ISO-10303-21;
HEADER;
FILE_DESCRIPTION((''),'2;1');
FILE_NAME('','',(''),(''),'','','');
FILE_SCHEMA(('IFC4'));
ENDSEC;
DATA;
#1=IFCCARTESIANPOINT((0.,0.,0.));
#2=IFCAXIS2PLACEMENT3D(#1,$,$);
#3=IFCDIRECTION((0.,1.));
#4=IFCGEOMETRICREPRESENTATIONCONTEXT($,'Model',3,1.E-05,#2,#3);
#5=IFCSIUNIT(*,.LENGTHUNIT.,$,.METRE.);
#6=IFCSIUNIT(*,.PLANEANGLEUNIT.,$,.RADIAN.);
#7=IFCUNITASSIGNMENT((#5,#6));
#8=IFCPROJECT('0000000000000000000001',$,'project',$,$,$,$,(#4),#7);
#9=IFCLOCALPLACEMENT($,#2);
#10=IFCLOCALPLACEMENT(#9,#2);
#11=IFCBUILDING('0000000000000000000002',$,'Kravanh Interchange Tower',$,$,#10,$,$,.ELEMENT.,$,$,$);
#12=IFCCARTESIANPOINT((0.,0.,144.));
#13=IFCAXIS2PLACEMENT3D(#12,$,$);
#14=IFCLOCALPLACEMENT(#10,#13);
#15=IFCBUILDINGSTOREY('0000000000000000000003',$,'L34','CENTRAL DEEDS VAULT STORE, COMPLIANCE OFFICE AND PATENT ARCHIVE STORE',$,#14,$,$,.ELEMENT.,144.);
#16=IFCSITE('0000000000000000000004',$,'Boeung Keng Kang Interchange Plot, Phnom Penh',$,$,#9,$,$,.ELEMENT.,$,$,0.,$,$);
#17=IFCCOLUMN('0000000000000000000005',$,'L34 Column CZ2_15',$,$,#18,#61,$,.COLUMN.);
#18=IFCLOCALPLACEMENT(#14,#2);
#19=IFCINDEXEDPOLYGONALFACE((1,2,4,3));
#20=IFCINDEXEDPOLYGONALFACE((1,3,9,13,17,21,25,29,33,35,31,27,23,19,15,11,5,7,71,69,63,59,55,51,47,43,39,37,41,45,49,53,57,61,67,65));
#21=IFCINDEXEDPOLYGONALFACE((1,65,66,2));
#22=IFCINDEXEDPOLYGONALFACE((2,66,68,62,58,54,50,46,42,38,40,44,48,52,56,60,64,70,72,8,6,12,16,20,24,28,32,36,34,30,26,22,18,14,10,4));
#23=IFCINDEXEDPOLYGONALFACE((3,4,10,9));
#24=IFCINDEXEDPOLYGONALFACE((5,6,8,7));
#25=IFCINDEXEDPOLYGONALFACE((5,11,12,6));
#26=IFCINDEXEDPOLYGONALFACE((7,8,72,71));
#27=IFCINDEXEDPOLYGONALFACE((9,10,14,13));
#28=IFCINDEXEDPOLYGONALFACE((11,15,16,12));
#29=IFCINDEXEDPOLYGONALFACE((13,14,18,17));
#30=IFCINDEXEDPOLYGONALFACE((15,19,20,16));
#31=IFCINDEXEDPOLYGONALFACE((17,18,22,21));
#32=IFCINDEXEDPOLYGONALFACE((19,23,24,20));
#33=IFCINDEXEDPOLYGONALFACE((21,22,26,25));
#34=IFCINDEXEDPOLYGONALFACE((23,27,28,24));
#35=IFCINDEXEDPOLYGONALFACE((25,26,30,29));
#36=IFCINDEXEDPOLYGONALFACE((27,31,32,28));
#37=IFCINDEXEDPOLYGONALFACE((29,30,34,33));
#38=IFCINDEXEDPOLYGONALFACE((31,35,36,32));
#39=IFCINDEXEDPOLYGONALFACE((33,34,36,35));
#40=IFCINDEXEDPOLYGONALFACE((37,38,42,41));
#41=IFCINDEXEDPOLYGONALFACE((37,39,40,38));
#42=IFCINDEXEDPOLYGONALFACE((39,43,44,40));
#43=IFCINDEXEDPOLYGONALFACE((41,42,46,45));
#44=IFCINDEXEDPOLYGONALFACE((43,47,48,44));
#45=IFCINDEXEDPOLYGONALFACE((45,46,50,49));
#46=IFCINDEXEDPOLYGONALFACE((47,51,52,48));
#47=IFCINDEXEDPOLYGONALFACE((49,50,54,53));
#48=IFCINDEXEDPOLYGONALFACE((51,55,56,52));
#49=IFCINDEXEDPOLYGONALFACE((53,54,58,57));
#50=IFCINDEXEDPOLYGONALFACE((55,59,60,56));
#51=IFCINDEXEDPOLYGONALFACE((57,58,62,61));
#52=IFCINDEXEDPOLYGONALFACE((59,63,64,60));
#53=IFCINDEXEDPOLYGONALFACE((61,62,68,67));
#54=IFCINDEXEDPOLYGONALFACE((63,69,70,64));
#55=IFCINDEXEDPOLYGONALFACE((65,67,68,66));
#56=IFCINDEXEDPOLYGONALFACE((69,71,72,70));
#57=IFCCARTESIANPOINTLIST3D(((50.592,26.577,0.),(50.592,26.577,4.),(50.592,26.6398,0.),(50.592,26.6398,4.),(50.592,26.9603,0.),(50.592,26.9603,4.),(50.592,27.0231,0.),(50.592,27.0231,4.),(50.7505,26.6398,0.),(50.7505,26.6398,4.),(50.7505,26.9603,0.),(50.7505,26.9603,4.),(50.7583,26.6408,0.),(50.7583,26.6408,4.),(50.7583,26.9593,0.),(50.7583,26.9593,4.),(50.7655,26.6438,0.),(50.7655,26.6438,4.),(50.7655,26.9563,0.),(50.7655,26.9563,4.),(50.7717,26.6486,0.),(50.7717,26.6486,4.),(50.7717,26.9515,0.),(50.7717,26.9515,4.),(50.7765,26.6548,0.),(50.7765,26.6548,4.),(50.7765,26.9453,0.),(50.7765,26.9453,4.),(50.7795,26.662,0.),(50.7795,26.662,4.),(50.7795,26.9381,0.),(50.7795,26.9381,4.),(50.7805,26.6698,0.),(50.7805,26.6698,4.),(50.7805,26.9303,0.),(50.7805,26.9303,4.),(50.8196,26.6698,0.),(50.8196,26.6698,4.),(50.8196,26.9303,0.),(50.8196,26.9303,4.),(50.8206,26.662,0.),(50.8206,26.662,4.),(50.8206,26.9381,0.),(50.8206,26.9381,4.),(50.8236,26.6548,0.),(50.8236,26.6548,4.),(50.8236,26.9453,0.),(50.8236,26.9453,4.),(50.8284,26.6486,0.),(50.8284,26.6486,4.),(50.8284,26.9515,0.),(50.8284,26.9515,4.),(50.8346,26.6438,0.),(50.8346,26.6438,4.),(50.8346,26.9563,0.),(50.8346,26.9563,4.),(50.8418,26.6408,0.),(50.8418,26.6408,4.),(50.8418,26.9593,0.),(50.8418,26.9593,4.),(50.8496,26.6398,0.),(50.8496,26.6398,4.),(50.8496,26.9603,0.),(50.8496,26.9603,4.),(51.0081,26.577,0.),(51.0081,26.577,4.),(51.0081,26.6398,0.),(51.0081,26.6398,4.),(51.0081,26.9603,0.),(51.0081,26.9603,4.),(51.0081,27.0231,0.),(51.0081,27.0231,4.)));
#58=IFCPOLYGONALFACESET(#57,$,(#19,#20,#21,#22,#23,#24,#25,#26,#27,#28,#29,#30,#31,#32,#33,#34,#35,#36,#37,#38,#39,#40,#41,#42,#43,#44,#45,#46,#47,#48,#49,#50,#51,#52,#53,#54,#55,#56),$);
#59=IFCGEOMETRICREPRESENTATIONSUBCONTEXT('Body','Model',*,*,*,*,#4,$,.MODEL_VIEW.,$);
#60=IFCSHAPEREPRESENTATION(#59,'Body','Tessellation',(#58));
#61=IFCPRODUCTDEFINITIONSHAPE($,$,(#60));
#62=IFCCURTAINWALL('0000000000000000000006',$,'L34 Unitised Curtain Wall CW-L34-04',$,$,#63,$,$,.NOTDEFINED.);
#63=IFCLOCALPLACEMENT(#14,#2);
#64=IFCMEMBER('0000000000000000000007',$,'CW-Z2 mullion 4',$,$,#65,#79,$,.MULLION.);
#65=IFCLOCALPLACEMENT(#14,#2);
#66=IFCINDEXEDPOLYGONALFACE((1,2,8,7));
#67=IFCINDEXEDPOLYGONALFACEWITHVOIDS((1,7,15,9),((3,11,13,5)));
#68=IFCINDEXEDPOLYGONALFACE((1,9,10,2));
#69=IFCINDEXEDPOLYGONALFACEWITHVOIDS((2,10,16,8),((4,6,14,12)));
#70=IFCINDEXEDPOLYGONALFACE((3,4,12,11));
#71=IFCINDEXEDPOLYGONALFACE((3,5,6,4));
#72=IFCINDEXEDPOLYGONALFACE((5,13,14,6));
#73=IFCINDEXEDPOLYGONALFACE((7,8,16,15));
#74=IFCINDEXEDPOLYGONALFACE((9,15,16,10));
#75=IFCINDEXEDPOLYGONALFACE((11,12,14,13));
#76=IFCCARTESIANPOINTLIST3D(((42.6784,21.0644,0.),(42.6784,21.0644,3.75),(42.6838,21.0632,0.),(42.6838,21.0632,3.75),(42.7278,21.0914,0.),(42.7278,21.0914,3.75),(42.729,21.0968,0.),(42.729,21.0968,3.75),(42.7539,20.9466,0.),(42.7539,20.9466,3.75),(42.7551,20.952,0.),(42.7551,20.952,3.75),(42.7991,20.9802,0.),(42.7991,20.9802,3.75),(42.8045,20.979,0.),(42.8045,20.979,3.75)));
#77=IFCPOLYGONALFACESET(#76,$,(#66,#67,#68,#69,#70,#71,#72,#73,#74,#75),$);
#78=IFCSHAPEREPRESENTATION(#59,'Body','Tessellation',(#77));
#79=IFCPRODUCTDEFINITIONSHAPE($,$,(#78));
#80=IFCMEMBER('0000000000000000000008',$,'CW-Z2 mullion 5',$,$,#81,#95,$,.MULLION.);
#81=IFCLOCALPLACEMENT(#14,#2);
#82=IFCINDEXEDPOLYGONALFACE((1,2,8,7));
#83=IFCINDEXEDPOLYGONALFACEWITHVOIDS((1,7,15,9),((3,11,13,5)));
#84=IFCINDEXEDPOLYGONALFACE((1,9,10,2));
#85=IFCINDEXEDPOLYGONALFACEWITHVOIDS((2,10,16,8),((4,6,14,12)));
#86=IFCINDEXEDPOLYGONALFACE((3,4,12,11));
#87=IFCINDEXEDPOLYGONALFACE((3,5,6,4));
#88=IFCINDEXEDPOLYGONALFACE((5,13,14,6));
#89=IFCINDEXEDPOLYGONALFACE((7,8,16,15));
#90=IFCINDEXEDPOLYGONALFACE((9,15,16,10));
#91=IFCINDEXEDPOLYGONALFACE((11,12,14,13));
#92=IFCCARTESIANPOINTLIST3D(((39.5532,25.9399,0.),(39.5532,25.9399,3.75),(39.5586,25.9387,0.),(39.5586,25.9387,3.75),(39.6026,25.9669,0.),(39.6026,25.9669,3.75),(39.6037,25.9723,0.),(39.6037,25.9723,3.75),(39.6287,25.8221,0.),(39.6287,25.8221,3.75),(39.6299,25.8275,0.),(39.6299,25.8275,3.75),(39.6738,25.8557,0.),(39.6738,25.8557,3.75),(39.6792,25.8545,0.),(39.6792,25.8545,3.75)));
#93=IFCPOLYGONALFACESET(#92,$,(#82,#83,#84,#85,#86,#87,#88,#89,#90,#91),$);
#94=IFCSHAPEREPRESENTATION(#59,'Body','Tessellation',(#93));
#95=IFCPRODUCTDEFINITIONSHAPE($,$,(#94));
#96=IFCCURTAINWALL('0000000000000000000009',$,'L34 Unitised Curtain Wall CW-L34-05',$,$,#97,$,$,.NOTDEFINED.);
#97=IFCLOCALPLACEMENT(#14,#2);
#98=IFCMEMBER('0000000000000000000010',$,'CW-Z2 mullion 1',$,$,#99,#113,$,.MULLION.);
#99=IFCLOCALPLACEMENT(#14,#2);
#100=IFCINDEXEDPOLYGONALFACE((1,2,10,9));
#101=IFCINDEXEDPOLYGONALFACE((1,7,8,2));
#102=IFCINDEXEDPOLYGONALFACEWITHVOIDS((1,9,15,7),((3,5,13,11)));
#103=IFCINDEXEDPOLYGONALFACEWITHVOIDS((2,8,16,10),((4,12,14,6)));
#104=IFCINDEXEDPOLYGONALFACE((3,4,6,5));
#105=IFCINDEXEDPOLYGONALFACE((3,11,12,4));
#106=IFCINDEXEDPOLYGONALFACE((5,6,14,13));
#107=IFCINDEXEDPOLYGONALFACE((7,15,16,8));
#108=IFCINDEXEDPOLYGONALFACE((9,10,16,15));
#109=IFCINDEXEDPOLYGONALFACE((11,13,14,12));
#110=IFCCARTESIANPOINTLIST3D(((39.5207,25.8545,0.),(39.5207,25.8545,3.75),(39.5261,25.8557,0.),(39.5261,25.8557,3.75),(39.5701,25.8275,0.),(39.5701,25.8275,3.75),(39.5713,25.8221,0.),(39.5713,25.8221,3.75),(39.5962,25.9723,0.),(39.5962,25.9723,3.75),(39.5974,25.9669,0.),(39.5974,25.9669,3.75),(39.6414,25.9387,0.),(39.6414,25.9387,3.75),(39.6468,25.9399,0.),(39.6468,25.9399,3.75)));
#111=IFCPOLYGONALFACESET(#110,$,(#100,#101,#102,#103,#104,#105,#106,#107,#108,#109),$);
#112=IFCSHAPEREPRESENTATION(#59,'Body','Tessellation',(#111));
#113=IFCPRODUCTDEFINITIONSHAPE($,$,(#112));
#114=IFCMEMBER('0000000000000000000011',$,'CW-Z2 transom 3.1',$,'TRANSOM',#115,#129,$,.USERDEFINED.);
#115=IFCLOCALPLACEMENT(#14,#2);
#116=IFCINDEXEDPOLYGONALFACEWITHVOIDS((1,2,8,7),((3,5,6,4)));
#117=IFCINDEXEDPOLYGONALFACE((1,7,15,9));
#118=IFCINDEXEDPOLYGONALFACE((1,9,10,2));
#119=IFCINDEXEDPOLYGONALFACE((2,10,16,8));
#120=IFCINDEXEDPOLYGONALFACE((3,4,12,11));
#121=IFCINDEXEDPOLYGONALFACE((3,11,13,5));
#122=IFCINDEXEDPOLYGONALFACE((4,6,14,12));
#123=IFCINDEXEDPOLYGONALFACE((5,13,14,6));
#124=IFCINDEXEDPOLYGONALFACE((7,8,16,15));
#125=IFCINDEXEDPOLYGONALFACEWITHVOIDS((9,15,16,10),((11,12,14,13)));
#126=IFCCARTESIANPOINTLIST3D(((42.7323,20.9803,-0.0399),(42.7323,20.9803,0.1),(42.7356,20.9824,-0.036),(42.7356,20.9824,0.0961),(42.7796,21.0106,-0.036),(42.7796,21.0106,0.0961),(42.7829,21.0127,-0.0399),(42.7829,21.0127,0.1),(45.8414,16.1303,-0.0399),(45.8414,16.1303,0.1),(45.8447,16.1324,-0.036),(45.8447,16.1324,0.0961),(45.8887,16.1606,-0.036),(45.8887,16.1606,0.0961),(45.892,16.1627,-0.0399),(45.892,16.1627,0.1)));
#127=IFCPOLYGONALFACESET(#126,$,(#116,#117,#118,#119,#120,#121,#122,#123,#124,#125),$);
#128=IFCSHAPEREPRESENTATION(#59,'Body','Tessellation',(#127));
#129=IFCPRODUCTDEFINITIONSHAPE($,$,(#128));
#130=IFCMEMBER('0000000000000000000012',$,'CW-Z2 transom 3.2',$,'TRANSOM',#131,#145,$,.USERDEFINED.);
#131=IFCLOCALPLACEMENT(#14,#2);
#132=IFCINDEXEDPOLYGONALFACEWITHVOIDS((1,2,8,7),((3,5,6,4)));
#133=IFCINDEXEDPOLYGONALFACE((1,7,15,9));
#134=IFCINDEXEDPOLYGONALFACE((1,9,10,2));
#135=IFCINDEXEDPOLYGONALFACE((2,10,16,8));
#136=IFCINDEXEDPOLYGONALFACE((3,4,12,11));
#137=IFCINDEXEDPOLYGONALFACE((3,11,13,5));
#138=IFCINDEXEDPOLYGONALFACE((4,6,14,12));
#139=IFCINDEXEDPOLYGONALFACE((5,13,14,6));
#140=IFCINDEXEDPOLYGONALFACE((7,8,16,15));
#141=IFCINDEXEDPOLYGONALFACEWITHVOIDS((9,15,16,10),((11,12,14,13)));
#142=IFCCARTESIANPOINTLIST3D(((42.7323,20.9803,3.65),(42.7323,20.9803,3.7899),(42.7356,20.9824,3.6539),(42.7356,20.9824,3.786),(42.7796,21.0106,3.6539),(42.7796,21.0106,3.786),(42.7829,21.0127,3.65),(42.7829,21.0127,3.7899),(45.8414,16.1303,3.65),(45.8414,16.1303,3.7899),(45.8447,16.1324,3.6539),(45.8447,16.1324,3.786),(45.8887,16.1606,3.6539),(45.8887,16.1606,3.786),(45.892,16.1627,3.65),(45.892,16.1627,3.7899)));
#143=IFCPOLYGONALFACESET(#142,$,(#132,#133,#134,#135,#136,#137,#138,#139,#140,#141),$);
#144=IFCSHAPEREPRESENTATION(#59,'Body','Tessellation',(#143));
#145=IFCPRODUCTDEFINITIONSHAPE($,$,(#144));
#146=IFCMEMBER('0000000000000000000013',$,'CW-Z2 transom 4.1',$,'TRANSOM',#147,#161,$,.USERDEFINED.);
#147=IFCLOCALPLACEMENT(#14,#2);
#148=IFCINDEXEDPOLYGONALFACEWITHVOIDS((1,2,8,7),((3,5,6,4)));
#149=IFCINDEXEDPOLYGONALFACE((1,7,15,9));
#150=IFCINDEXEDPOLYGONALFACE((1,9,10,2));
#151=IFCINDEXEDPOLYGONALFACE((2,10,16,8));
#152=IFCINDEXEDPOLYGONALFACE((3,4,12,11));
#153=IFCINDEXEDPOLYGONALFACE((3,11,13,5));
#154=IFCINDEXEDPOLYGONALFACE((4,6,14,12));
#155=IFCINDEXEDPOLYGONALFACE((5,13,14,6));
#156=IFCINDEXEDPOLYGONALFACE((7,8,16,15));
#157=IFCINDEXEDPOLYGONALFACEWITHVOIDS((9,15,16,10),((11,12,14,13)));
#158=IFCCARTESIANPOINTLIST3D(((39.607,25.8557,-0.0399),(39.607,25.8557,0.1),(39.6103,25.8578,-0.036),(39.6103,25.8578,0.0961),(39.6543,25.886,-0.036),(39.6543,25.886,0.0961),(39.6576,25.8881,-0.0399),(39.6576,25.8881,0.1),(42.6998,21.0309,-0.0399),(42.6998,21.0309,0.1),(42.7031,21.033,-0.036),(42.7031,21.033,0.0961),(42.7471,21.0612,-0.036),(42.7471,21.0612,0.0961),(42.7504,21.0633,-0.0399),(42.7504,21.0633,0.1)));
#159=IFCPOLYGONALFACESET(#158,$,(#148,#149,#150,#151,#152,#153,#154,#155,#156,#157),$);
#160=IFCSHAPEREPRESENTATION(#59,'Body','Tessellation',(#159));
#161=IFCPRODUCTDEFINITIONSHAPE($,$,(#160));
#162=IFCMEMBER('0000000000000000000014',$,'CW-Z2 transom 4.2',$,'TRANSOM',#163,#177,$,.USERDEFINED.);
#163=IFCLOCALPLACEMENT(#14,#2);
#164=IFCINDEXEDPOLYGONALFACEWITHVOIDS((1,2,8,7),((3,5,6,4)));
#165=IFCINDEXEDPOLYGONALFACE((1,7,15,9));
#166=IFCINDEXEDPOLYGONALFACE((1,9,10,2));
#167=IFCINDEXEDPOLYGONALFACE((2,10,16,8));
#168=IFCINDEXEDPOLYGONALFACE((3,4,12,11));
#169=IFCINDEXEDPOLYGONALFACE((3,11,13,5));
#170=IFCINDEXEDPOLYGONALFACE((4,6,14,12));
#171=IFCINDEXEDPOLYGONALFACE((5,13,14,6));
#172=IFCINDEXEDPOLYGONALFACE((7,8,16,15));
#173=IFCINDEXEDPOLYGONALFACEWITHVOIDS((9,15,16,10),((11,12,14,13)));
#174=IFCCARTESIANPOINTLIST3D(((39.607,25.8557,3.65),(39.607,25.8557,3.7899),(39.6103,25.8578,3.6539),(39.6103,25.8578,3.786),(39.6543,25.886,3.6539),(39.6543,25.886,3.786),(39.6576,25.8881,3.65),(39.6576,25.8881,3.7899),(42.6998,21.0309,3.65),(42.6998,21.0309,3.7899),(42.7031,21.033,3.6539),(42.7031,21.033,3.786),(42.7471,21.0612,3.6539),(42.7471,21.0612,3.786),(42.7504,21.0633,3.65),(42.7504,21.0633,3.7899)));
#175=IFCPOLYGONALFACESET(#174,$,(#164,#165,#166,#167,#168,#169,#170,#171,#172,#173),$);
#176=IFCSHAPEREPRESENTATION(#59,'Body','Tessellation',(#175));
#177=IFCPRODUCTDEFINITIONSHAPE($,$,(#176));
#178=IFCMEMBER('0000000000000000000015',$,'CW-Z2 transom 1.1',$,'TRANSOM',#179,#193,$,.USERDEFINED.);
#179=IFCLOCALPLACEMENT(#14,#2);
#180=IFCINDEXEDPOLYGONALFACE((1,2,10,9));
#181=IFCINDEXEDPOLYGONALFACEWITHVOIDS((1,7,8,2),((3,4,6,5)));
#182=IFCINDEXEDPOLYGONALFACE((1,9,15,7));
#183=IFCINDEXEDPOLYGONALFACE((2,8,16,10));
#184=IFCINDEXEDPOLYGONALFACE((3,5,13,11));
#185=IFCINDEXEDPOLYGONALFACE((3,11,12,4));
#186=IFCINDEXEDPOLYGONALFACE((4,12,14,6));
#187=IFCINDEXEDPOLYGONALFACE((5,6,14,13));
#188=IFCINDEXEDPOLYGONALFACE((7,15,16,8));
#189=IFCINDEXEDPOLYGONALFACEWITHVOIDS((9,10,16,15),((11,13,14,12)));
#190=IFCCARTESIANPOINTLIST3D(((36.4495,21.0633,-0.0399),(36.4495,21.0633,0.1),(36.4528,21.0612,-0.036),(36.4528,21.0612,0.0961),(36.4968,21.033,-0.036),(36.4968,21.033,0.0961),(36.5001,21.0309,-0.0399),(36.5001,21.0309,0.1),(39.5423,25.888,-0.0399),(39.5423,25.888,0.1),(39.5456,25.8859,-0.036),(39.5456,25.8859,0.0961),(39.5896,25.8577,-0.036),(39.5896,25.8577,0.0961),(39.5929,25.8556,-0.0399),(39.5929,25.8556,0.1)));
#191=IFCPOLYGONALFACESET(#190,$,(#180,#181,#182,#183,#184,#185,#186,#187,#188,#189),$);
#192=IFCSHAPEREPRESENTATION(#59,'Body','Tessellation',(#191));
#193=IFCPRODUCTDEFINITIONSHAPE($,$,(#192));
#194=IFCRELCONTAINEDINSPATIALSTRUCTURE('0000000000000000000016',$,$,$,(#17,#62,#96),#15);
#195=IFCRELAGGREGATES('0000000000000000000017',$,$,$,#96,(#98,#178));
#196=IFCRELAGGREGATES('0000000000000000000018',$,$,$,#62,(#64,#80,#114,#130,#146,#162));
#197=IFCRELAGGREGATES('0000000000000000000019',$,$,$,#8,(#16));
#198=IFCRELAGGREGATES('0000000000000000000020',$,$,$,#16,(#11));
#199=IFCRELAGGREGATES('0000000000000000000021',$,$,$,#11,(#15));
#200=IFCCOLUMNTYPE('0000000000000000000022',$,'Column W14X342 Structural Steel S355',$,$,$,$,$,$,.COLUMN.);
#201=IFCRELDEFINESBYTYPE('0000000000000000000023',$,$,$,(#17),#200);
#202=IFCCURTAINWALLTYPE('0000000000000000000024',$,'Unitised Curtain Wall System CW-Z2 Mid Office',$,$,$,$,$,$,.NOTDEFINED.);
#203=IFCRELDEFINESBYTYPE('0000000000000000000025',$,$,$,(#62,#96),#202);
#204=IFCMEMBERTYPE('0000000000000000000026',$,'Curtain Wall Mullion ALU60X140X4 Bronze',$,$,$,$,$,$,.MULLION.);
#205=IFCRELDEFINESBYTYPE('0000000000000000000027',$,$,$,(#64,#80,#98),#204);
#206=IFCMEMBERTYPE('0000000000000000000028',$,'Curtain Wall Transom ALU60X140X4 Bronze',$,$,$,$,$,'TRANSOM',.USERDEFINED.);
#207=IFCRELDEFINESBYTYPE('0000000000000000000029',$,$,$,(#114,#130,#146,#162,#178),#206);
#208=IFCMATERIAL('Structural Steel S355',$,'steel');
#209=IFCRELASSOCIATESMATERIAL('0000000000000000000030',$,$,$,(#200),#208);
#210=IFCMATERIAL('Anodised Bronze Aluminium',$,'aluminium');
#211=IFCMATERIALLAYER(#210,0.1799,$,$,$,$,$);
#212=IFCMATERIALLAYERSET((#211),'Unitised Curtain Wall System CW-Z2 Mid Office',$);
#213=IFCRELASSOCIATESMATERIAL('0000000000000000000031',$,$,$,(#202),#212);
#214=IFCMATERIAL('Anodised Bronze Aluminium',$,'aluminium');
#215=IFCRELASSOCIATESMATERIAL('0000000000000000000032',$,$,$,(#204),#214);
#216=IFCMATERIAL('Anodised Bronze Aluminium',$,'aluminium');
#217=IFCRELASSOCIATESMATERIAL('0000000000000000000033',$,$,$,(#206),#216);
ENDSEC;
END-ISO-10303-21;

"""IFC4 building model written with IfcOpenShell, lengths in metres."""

from ifc_helpers import new_model, si_unit, direction, frame, origin, origin_2d, place, context, subcontext, project, spatial, hollow_rectangle, i_section, extrude, material, layer, layer_set, material_profile, profile_set, type_object, element, aggregate, save


model = new_model("IFC4")

# Units and contexts
model_context = context("Model", 3, precision=1e-05, world=origin(), true_north=direction((0.0, 1.0)))
body_context = subcontext(model_context, "Body", "Model", "MODEL_VIEW")
ifc_project = project(units=[si_unit("LENGTHUNIT", "METRE"), si_unit("PLANEANGLEUNIT", "RADIAN")], contexts=[model_context])

# Site, building, storey
site_placement = place(None, origin())
site = spatial("IfcSite", under=ifc_project, at=site_placement, Name="Boeung Keng Kang Interchange Plot, Phnom Penh", CompositionType="ELEMENT", RefElevation=0.0)
building_placement = place(site_placement, origin())
building = spatial("IfcBuilding", under=site, at=building_placement, Name="Kravanh Interchange Tower", CompositionType="ELEMENT")
storey_placement = place(building_placement, frame((0.0, 0.0, 144.0)))
storey = spatial("IfcBuildingStorey", under=building, at=storey_placement, Name="L34", Description="CENTRAL DEEDS VAULT STORE, COMPLIANCE OFFICE AND PATENT ARCHIVE STORE", CompositionType="ELEMENT", Elevation=144.0)

# Column
ifc_material_1 = material(Name="Structural Steel S355", Category="steel")
ifc_material_profile_1 = material_profile(ifc_material_1, i_section(OverallWidth=0.416, OverallDepth=0.446, WebThickness=0.0391, FlangeThickness=0.0627, FilletRadius=0.03, at=origin_2d()), Name="W14X342")
ifc_profile_set_1 = profile_set([ifc_material_profile_1], Name="Structural Steel S355")
column_type = type_object("IfcColumnType", Name="Column W14X342 Structural Steel S355", PredefinedType="COLUMN", material=ifc_profile_set_1)
column_placement = place(storey_placement, frame((50.8, 26.8, 0.0), z_axis=(0.0, 0.0, 1.0), x_axis=(1.0, 0.0, 0.0)))
element("IfcColumn", 1, at=column_placement, inside=storey, type_object=column_type, Name="L34 Column CZ2_15", PredefinedType="COLUMN", context=body_context, shape_type="SweptSolid", body=[
    extrude(i_section(OverallWidth=0.416, OverallDepth=0.446, WebThickness=0.0391, FlangeThickness=0.0627, FilletRadius=0.03, at=origin_2d()), origin(), (0.0, 0.0, 1.0), 4.0),
])

# Curtain wall, members
ifc_material_2 = material(Name="Anodised Bronze Aluminium", Category="aluminium")
ifc_layer_1 = layer(ifc_material_2, 0.1799)
ifc_layer_set_1 = layer_set([ifc_layer_1], Name="Unitised Curtain Wall System CW-Z2 Mid Office")
curtain_wall_type = type_object("IfcCurtainWallType", Name="Unitised Curtain Wall System CW-Z2 Mid Office", PredefinedType="NOTDEFINED", material=ifc_layer_set_1)
curtain_wall_1_placement = place(storey_placement, origin())
curtain_wall_1 = element("IfcCurtainWall", 2, at=curtain_wall_1_placement, inside=storey, type_object=curtain_wall_type, Name="L34 Unitised Curtain Wall CW-L34-04", PredefinedType="NOTDEFINED")
ifc_material_3 = material(Name="Anodised Bronze Aluminium", Category="aluminium")
ifc_material_profile_2 = material_profile(ifc_material_3, hollow_rectangle(XDim=0.0601, YDim=0.1399, WallThickness=0.0039, at=origin_2d()), Name="ALU60X140X4")
ifc_profile_set_2 = profile_set([ifc_material_profile_2], Name="Anodised Bronze Aluminium")
member_type_1 = type_object("IfcMemberType", Name="Curtain Wall Mullion ALU60X140X4 Bronze", PredefinedType="MULLION", material=ifc_profile_set_2)
member_1_placement = place(storey_placement, frame((42.7415, 21.0217, 0.0), z_axis=(0.0, 0.0, 1.0), x_axis=(-0.84188, -0.539665, 0.0)))
member_1 = element("IfcMember", 3, at=member_1_placement, type_object=member_type_1, Name="CW-Z2 mullion 4", PredefinedType="MULLION", context=body_context, shape_type="SweptSolid", body=[
    extrude(hollow_rectangle(XDim=0.0601, YDim=0.1399, WallThickness=0.0039, at=origin_2d()), origin(), (0.0, 0.0, 1.0), 3.75),
])
member_2_placement = place(storey_placement, frame((39.6162, 25.8972, 0.0), z_axis=(0.0, 0.0, 1.0), x_axis=(-0.84188, -0.539665, 0.0)))
member_2 = element("IfcMember", 4, at=member_2_placement, type_object=member_type_1, Name="CW-Z2 mullion 5", PredefinedType="MULLION", context=body_context, shape_type="SweptSolid", body=[
    extrude(hollow_rectangle(XDim=0.0601, YDim=0.1399, WallThickness=0.0039, at=origin_2d()), origin(), (0.0, 0.0, 1.0), 3.75),
])

# Curtain wall, member
curtain_wall_2_placement = place(storey_placement, origin())
curtain_wall_2 = element("IfcCurtainWall", 5, at=curtain_wall_2_placement, inside=storey, type_object=curtain_wall_type, Name="L34 Unitised Curtain Wall CW-L34-05", PredefinedType="NOTDEFINED")
member_3_placement = place(storey_placement, frame((39.5837, 25.8972, 0.0), z_axis=(0.0, 0.0, 1.0), x_axis=(0.84188, -0.539665, 0.0)))
member_3 = element("IfcMember", 6, at=member_3_placement, type_object=member_type_1, Name="CW-Z2 mullion 1", PredefinedType="MULLION", context=body_context, shape_type="SweptSolid", body=[
    extrude(hollow_rectangle(XDim=0.0601, YDim=0.1399, WallThickness=0.0039, at=origin_2d()), origin(), (0.0, 0.0, 1.0), 3.75),
])

# Members
ifc_material_4 = material(Name="Anodised Bronze Aluminium", Category="aluminium")
ifc_material_profile_3 = material_profile(ifc_material_4, hollow_rectangle(XDim=0.0601, YDim=0.1399, WallThickness=0.0039, at=origin_2d()), Name="ALU60X140X4")
ifc_profile_set_3 = profile_set([ifc_material_profile_3], Name="Anodised Bronze Aluminium")
member_type_2 = type_object("IfcMemberType", Name="Curtain Wall Transom ALU60X140X4 Bronze", ElementType="TRANSOM", PredefinedType="USERDEFINED", material=ifc_profile_set_3)
member_4_placement = place(storey_placement, frame((45.8667, 16.1465, 0.03), z_axis=(-0.539678, 0.841872, 0.0), x_axis=(-0.841872, -0.539678, 0.0)))
member_4 = element("IfcMember", 7, at=member_4_placement, type_object=member_type_2, Name="CW-Z2 transom 3.1", ObjectType="TRANSOM", PredefinedType="USERDEFINED", context=body_context, shape_type="SweptSolid", body=[
    extrude(hollow_rectangle(XDim=0.0601, YDim=0.1399, WallThickness=0.0039, at=origin_2d()), origin(), (0.0, 0.0, 1.0), 5.761),
])
member_5_placement = place(storey_placement, frame((45.8667, 16.1465, 3.72), z_axis=(-0.539678, 0.841872, 0.0), x_axis=(-0.841872, -0.539678, 0.0)))
member_5 = element("IfcMember", 8, at=member_5_placement, type_object=member_type_2, Name="CW-Z2 transom 3.2", ObjectType="TRANSOM", PredefinedType="USERDEFINED", context=body_context, shape_type="SweptSolid", body=[
    extrude(hollow_rectangle(XDim=0.0601, YDim=0.1399, WallThickness=0.0039, at=origin_2d()), origin(), (0.0, 0.0, 1.0), 5.761),
])
member_6_placement = place(storey_placement, frame((42.7251, 21.0471, 0.03), z_axis=(-0.539668, 0.841878, 0.0), x_axis=(-0.841878, -0.539668, 0.0)))
member_6 = element("IfcMember", 9, at=member_6_placement, type_object=member_type_2, Name="CW-Z2 transom 4.1", ObjectType="TRANSOM", PredefinedType="USERDEFINED", context=body_context, shape_type="SweptSolid", body=[
    extrude(hollow_rectangle(XDim=0.0601, YDim=0.1399, WallThickness=0.0039, at=origin_2d()), origin(), (0.0, 0.0, 1.0), 5.731),
])
member_7_placement = place(storey_placement, frame((42.7251, 21.0471, 3.72), z_axis=(-0.539668, 0.841878, 0.0), x_axis=(-0.841878, -0.539668, 0.0)))
member_7 = element("IfcMember", 10, at=member_7_placement, type_object=member_type_2, Name="CW-Z2 transom 4.2", ObjectType="TRANSOM", PredefinedType="USERDEFINED", context=body_context, shape_type="SweptSolid", body=[
    extrude(hollow_rectangle(XDim=0.0601, YDim=0.1399, WallThickness=0.0039, at=origin_2d()), origin(), (0.0, 0.0, 1.0), 5.731),
])
member_8_placement = place(storey_placement, frame((39.5676, 25.8718, 0.03), z_axis=(-0.539668, -0.841878, 0.0), x_axis=(0.841878, -0.539668, 0.0)))
member_8 = element("IfcMember", 11, at=member_8_placement, type_object=member_type_2, Name="CW-Z2 transom 1.1", ObjectType="TRANSOM", PredefinedType="USERDEFINED", context=body_context, shape_type="SweptSolid", body=[
    extrude(hollow_rectangle(XDim=0.0601, YDim=0.1399, WallThickness=0.0039, at=origin_2d()), origin(), (0.0, 0.0, 1.0), 5.731),
])
aggregate(curtain_wall_2, [member_3, member_8])

aggregate(curtain_wall_1, [member_1, member_2, member_4, member_5, member_6, member_7])

save(model, "model.ifc")
